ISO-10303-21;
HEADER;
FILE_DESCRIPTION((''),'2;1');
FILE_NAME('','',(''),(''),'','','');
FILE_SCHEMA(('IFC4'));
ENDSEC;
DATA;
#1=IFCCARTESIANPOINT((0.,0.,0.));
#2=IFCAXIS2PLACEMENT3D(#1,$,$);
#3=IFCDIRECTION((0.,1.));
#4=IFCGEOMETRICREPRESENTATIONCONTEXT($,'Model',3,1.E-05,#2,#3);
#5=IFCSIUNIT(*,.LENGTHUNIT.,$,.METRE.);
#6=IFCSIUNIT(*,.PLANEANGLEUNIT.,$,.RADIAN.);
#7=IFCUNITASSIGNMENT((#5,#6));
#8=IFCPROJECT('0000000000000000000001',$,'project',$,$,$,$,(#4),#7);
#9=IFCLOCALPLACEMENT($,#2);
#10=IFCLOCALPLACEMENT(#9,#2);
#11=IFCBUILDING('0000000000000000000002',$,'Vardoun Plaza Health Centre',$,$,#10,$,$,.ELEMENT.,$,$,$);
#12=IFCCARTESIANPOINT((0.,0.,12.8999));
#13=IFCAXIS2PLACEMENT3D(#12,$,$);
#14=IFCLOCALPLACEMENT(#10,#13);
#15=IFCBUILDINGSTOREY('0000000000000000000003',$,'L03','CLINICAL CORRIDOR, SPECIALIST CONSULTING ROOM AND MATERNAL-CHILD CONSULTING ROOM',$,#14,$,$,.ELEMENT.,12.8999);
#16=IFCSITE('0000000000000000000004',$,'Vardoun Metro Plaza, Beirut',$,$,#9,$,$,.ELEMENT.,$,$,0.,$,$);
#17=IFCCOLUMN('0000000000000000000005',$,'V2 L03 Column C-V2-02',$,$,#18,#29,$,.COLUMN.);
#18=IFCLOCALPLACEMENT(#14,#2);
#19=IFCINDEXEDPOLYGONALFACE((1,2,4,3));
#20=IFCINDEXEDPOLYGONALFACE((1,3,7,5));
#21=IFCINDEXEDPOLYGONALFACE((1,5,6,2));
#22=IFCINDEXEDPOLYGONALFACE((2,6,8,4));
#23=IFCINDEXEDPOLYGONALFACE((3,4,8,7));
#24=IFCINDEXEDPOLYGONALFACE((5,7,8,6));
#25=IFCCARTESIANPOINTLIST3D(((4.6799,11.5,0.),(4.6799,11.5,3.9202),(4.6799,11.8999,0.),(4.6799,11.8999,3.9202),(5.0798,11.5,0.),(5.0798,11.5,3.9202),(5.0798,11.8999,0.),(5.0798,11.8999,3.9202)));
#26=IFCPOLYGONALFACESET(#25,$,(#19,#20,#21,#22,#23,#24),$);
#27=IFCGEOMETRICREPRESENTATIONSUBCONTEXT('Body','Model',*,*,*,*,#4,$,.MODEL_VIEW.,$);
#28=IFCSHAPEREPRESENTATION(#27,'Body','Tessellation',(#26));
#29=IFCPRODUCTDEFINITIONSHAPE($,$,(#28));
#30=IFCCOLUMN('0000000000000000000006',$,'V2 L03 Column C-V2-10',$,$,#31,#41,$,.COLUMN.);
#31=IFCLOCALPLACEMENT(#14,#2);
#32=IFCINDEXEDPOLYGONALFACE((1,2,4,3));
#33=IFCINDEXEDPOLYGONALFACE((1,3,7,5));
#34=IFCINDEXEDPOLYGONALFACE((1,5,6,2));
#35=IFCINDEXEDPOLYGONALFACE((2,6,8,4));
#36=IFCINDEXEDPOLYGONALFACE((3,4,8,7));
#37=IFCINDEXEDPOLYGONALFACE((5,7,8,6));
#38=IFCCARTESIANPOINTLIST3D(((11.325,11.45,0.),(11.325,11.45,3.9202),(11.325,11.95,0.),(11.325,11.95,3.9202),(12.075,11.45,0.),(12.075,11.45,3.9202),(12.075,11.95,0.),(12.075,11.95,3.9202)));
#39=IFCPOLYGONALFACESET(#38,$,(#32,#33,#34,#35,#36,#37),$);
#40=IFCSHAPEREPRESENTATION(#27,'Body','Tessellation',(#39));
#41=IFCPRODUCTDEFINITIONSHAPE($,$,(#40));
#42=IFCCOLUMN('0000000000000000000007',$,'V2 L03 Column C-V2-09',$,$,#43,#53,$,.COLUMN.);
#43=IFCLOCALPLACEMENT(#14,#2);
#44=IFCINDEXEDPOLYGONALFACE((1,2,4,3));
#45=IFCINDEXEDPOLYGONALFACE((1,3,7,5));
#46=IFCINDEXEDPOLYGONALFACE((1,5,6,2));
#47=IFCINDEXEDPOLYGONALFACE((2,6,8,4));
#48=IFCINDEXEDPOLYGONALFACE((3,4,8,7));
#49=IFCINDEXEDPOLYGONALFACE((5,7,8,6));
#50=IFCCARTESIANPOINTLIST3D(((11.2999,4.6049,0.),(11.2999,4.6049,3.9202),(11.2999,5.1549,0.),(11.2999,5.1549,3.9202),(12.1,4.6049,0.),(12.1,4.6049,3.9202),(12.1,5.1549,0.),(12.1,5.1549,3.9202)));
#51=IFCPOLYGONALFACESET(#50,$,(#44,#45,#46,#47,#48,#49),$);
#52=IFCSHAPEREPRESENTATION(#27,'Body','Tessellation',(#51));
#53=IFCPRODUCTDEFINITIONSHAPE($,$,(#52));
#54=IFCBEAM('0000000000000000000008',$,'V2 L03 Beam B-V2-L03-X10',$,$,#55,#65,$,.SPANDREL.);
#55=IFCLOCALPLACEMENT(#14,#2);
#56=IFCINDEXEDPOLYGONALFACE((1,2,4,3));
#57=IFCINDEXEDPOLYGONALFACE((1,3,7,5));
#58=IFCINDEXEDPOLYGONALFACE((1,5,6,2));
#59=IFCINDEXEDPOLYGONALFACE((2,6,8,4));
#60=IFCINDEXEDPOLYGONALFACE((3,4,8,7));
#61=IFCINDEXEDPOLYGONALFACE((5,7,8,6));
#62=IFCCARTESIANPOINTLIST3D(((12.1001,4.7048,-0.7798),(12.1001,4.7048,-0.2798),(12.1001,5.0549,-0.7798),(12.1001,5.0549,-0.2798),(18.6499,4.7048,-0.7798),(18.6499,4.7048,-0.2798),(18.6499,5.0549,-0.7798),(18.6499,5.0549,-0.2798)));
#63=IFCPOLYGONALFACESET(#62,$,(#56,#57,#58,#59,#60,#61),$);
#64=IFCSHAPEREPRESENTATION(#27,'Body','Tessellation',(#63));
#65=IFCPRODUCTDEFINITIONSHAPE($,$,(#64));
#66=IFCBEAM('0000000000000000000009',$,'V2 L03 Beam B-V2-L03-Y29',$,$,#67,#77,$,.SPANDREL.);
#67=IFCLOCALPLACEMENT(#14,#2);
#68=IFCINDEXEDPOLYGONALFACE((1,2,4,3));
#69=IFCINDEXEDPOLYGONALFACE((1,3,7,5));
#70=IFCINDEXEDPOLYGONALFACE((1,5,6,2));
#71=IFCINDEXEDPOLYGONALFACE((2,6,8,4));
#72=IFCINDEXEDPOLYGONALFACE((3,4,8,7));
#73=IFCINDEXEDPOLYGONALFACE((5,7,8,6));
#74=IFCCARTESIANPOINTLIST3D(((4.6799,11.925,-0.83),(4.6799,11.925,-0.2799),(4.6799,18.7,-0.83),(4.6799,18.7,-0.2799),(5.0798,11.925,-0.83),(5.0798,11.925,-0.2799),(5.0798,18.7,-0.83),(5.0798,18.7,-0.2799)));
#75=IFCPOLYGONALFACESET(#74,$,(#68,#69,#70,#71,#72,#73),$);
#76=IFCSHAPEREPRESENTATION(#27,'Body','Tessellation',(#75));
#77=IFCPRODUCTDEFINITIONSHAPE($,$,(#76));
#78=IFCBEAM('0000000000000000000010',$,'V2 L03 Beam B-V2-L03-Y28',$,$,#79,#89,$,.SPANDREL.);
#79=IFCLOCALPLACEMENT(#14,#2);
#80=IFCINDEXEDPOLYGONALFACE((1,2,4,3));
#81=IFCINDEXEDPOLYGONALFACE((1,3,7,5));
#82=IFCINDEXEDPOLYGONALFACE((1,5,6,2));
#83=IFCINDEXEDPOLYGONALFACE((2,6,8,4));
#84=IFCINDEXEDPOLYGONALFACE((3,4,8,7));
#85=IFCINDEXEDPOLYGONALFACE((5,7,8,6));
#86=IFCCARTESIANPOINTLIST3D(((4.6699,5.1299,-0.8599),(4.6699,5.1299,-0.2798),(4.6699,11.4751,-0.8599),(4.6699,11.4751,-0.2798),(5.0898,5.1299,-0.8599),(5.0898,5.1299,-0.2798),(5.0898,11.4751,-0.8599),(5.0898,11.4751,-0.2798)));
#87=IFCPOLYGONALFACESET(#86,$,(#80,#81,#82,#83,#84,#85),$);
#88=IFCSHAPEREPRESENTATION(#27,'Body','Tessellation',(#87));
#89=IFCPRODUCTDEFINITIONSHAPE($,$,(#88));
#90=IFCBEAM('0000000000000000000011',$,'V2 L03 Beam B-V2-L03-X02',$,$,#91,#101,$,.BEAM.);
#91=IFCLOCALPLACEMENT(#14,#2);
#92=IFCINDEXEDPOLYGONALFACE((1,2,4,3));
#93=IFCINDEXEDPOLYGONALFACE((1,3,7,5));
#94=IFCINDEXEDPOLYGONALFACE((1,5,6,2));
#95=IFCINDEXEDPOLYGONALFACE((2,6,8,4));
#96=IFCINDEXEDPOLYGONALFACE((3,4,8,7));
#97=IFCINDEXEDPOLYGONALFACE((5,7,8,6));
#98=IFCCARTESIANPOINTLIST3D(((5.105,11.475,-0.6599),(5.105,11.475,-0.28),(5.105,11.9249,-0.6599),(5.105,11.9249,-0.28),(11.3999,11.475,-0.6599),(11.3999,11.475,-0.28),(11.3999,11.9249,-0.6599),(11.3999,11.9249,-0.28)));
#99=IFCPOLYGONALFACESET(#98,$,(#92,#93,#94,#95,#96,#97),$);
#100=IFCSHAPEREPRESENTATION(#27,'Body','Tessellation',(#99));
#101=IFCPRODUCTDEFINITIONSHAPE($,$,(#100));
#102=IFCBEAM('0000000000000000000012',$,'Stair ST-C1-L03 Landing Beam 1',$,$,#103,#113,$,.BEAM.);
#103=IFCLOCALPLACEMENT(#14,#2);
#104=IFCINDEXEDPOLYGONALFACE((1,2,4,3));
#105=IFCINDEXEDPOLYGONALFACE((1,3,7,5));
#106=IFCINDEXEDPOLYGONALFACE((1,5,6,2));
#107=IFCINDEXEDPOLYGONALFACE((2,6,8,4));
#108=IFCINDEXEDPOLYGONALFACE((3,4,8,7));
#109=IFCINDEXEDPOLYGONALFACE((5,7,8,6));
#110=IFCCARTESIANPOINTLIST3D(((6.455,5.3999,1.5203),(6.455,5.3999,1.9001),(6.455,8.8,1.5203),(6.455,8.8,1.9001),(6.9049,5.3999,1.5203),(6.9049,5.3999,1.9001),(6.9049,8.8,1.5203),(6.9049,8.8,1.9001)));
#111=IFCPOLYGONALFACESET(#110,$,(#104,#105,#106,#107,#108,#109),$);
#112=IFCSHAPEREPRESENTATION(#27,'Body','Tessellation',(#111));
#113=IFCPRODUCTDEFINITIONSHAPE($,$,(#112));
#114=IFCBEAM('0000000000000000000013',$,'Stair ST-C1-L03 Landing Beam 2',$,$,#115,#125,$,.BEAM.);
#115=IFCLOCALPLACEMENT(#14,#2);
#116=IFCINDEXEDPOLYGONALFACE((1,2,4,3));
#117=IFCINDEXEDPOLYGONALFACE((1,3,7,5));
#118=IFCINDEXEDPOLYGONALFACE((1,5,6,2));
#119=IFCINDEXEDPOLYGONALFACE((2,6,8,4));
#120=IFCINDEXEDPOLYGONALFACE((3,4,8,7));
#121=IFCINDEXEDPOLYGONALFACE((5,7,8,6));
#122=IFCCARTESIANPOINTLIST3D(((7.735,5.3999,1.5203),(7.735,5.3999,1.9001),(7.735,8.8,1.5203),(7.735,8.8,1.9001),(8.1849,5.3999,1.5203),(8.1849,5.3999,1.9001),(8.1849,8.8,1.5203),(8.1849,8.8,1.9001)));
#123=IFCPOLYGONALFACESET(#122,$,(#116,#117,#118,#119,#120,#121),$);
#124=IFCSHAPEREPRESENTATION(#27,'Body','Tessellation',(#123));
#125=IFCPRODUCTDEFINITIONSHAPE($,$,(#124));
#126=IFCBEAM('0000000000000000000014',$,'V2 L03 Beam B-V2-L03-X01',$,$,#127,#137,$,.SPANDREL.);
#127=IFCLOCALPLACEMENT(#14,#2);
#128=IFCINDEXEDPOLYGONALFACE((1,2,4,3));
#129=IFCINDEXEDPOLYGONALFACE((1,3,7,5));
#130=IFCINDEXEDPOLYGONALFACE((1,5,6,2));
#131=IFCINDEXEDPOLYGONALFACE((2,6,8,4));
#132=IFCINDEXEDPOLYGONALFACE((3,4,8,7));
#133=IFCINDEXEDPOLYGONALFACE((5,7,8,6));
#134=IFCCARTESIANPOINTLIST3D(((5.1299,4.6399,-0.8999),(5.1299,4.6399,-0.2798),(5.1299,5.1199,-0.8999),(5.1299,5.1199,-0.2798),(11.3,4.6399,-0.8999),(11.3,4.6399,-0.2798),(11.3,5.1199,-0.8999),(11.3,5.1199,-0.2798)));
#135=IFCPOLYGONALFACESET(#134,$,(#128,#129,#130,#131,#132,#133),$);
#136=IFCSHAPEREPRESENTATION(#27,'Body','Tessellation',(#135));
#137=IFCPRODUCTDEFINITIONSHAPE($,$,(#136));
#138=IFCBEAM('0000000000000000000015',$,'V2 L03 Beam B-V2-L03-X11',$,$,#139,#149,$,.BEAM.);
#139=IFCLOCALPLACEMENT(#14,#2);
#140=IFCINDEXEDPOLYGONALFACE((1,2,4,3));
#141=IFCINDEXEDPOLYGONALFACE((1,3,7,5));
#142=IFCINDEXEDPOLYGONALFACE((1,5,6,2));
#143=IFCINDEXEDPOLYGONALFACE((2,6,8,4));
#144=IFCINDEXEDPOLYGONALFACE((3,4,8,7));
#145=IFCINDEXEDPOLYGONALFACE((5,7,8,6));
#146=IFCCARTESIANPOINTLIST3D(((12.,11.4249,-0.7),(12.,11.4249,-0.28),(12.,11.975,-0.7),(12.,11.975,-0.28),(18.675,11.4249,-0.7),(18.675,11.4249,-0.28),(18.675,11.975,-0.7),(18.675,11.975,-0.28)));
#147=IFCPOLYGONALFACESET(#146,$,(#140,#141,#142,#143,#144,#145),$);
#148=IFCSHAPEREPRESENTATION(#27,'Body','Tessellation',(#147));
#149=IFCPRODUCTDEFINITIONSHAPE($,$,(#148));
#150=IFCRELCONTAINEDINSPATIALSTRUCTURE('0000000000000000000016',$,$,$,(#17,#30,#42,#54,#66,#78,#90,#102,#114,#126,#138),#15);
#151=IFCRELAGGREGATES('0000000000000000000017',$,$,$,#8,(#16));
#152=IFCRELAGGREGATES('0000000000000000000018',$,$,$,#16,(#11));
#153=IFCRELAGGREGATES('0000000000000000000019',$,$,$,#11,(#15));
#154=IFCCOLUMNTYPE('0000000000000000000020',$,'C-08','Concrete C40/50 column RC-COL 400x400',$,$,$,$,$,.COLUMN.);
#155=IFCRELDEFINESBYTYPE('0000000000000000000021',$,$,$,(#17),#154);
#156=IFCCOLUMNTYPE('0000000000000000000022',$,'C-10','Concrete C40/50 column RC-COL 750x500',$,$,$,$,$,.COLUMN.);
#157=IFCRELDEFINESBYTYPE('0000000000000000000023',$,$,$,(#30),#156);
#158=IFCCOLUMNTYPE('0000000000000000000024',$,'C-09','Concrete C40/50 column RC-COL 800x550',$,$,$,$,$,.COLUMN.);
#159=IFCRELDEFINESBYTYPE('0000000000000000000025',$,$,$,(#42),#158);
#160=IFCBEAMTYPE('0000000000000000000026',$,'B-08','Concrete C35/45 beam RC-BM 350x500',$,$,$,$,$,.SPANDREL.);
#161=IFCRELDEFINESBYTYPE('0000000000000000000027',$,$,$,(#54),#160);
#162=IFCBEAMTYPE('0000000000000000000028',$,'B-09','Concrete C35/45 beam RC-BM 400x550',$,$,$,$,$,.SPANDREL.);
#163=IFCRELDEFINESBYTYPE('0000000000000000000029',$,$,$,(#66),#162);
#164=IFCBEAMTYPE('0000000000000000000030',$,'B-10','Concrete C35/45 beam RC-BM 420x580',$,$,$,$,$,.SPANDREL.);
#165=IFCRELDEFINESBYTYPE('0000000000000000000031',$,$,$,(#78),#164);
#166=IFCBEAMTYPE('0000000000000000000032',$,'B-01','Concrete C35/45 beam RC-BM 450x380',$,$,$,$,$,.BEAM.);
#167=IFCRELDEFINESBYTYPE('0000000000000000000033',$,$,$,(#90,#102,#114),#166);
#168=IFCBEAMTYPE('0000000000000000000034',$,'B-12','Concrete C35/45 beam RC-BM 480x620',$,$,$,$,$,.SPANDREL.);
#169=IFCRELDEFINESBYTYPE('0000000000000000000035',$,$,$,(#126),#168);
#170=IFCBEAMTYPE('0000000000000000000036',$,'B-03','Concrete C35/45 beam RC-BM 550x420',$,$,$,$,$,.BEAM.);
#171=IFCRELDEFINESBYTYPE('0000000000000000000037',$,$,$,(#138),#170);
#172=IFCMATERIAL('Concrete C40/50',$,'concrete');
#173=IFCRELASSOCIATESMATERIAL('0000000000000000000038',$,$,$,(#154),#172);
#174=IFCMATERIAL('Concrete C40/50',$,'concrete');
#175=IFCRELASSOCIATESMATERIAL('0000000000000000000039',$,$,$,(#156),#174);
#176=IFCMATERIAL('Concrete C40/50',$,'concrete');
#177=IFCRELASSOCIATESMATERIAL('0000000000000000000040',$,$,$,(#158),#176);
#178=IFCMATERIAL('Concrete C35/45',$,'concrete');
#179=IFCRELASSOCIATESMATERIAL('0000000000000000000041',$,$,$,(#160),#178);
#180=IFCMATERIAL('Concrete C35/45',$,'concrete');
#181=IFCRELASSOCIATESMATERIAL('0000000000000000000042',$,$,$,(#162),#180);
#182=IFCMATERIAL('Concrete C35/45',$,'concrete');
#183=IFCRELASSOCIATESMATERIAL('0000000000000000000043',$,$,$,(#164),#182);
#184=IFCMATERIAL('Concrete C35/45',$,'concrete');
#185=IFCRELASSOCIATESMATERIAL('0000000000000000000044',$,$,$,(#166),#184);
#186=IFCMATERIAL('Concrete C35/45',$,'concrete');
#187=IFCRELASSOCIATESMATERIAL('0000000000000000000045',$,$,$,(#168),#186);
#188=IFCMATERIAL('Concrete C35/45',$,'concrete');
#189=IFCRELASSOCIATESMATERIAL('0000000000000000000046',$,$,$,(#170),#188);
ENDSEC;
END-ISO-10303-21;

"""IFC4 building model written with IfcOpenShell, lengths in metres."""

from ifc_helpers import new_model, si_unit, direction, frame, origin, origin_2d, place, context, subcontext, project, spatial, rectangle, extrude, material, material_profile, profile_set, type_object, element, save


model = new_model("IFC4")

# Units and contexts
model_context = context("Model", 3, precision=1e-05, world=origin(), true_north=direction((0.0, 1.0)))
body_context = subcontext(model_context, "Body", "Model", "MODEL_VIEW")
ifc_project = project(units=[si_unit("LENGTHUNIT", "METRE"), si_unit("PLANEANGLEUNIT", "RADIAN")], contexts=[model_context])

# Site, building, storey
site_placement = place(None, origin())
site = spatial("IfcSite", under=ifc_project, at=site_placement, Name="Vardoun Metro Plaza, Beirut", CompositionType="ELEMENT", RefElevation=0.0)
building_placement = place(site_placement, origin())
building = spatial("IfcBuilding", under=site, at=building_placement, Name="Vardoun Plaza Health Centre", CompositionType="ELEMENT")
storey_placement = place(building_placement, frame((0.0, 0.0, 12.8999)))
storey = spatial("IfcBuildingStorey", under=building, at=storey_placement, Name="L03", Description="CLINICAL CORRIDOR, SPECIALIST CONSULTING ROOM AND MATERNAL-CHILD CONSULTING ROOM", CompositionType="ELEMENT", Elevation=12.8999)

# Columns
ifc_material_1 = material(Name="Concrete C40/50", Category="concrete")
ifc_material_profile_1 = material_profile(ifc_material_1, rectangle(XDim=0.3999, YDim=0.3999, at=origin_2d()), Name="RC-COL 400x400")
ifc_profile_set_1 = profile_set([ifc_material_profile_1], Name="Concrete C40/50")
column_type_1 = type_object("IfcColumnType", Name="C-08", Description="Concrete C40/50 column RC-COL 400x400", PredefinedType="COLUMN", material=ifc_profile_set_1)
column_1_placement = place(storey_placement, frame((4.8799, 11.7, 0.0), z_axis=(0.0, 0.0, 1.0), x_axis=(1.0, 0.0, 0.0)))
element("IfcColumn", 1, at=column_1_placement, inside=storey, type_object=column_type_1, Name="V2 L03 Column C-V2-02", PredefinedType="COLUMN", context=body_context, shape_type="SweptSolid", body=[
    extrude(rectangle(XDim=0.3999, YDim=0.3999, at=origin_2d()), origin(), (0.0, 0.0, 1.0), 3.9202),
])
ifc_material_2 = material(Name="Concrete C40/50", Category="concrete")
ifc_material_profile_2 = material_profile(ifc_material_2, rectangle(XDim=0.75, YDim=0.5, at=origin_2d()), Name="RC-COL 750x500")
ifc_profile_set_2 = profile_set([ifc_material_profile_2], Name="Concrete C40/50")
column_type_2 = type_object("IfcColumnType", Name="C-10", Description="Concrete C40/50 column RC-COL 750x500", PredefinedType="COLUMN", material=ifc_profile_set_2)
column_2_placement = place(storey_placement, frame((11.7, 11.7, 0.0), z_axis=(0.0, 0.0, 1.0), x_axis=(1.0, 0.0, 0.0)))
element("IfcColumn", 2, at=column_2_placement, inside=storey, type_object=column_type_2, Name="V2 L03 Column C-V2-10", PredefinedType="COLUMN", context=body_context, shape_type="SweptSolid", body=[
    extrude(rectangle(XDim=0.75, YDim=0.5, at=origin_2d()), origin(), (0.0, 0.0, 1.0), 3.9202),
])
ifc_material_3 = material(Name="Concrete C40/50", Category="concrete")
ifc_material_profile_3 = material_profile(ifc_material_3, rectangle(XDim=0.8, YDim=0.55, at=origin_2d()), Name="RC-COL 800x550")
ifc_profile_set_3 = profile_set([ifc_material_profile_3], Name="Concrete C40/50")
column_type_3 = type_object("IfcColumnType", Name="C-09", Description="Concrete C40/50 column RC-COL 800x550", PredefinedType="COLUMN", material=ifc_profile_set_3)
column_3_placement = place(storey_placement, frame((11.7, 4.8799, 0.0), z_axis=(0.0, 0.0, 1.0), x_axis=(1.0, 0.0, 0.0)))
element("IfcColumn", 3, at=column_3_placement, inside=storey, type_object=column_type_3, Name="V2 L03 Column C-V2-09", PredefinedType="COLUMN", context=body_context, shape_type="SweptSolid", body=[
    extrude(rectangle(XDim=0.8, YDim=0.55, at=origin_2d()), origin(), (0.0, 0.0, 1.0), 3.9202),
])

# Beams
ifc_material_4 = material(Name="Concrete C35/45", Category="concrete")
ifc_material_profile_4 = material_profile(ifc_material_4, rectangle(XDim=0.3501, YDim=0.5, at=origin_2d()), Name="RC-BM 350x500")
ifc_profile_set_4 = profile_set([ifc_material_profile_4], Name="Concrete C35/45")
beam_type_1 = type_object("IfcBeamType", Name="B-08", Description="Concrete C35/45 beam RC-BM 350x500", PredefinedType="SPANDREL", material=ifc_profile_set_4)
beam_1_placement = place(storey_placement, frame((12.1001, 4.8799, -0.5298), z_axis=(1.0, 0.0, 0.0), x_axis=(0.0, 1.0, 0.0)))
element("IfcBeam", 4, at=beam_1_placement, inside=storey, type_object=beam_type_1, Name="V2 L03 Beam B-V2-L03-X10", PredefinedType="SPANDREL", context=body_context, shape_type="SweptSolid", body=[
    extrude(rectangle(XDim=0.3501, YDim=0.5, at=origin_2d()), origin(), (0.0, 0.0, 1.0), 6.5498),
])
ifc_material_5 = material(Name="Concrete C35/45", Category="concrete")
ifc_material_profile_5 = material_profile(ifc_material_5, rectangle(XDim=0.3999, YDim=0.55, at=origin_2d()), Name="RC-BM 400x550")
ifc_profile_set_5 = profile_set([ifc_material_profile_5], Name="Concrete C35/45")
beam_type_2 = type_object("IfcBeamType", Name="B-09", Description="Concrete C35/45 beam RC-BM 400x550", PredefinedType="SPANDREL", material=ifc_profile_set_5)
beam_2_placement = place(storey_placement, frame((4.8799, 11.925, -0.5549), z_axis=(0.0, 1.0, 0.0), x_axis=(-1.0, 0.0, 0.0)))
element("IfcBeam", 5, at=beam_2_placement, inside=storey, type_object=beam_type_2, Name="V2 L03 Beam B-V2-L03-Y29", PredefinedType="SPANDREL", context=body_context, shape_type="SweptSolid", body=[
    extrude(rectangle(XDim=0.3999, YDim=0.55, at=origin_2d()), origin(), (0.0, 0.0, 1.0), 6.7749),
])
ifc_material_6 = material(Name="Concrete C35/45", Category="concrete")
ifc_material_profile_6 = material_profile(ifc_material_6, rectangle(XDim=0.4199, YDim=0.5801, at=origin_2d()), Name="RC-BM 420x580")
ifc_profile_set_6 = profile_set([ifc_material_profile_6], Name="Concrete C35/45")
beam_type_3 = type_object("IfcBeamType", Name="B-10", Description="Concrete C35/45 beam RC-BM 420x580", PredefinedType="SPANDREL", material=ifc_profile_set_6)
beam_3_placement = place(storey_placement, frame((4.8799, 5.1299, -0.5698), z_axis=(0.0, 1.0, 0.0), x_axis=(-1.0, 0.0, 0.0)))
element("IfcBeam", 6, at=beam_3_placement, inside=storey, type_object=beam_type_3, Name="V2 L03 Beam B-V2-L03-Y28", PredefinedType="SPANDREL", context=body_context, shape_type="SweptSolid", body=[
    extrude(rectangle(XDim=0.4199, YDim=0.5801, at=origin_2d()), origin(), (0.0, 0.0, 1.0), 6.3452),
])
ifc_material_7 = material(Name="Concrete C35/45", Category="concrete")
ifc_material_profile_7 = material_profile(ifc_material_7, rectangle(XDim=0.45, YDim=0.3799, at=origin_2d()), Name="RC-BM 450x380")
ifc_profile_set_7 = profile_set([ifc_material_profile_7], Name="Concrete C35/45")
beam_type_4 = type_object("IfcBeamType", Name="B-01", Description="Concrete C35/45 beam RC-BM 450x380", PredefinedType="BEAM", material=ifc_profile_set_7)
beam_4_placement = place(storey_placement, frame((5.105, 11.7, -0.47), z_axis=(1.0, 0.0, 0.0), x_axis=(0.0, 1.0, 0.0)))
element("IfcBeam", 7, at=beam_4_placement, inside=storey, type_object=beam_type_4, Name="V2 L03 Beam B-V2-L03-X02", PredefinedType="BEAM", context=body_context, shape_type="SweptSolid", body=[
    extrude(rectangle(XDim=0.45, YDim=0.3799, at=origin_2d()), origin(), (0.0, 0.0, 1.0), 6.2949),
])
for number, where, z_axis, x_axis, name in (
    (8, (6.6799, 5.3999, 1.7102), (0.0, 1.0, 0.0), (-1.0, 0.0, 0.0), "Stair ST-C1-L03 Landing Beam 1"),
    (9, (7.96, 5.3999, 1.7102), (0.0, 1.0, 0.0), (-1.0, 0.0, 0.0), "Stair ST-C1-L03 Landing Beam 2"),
):
    element("IfcBeam", number, at=place(storey_placement, frame(where, z_axis=z_axis, x_axis=x_axis)), inside=storey, type_object=beam_type_4, Name=name, PredefinedType="BEAM", context=body_context, shape_type="SweptSolid", body=[
        extrude(rectangle(XDim=0.45, YDim=0.3799, at=origin_2d()), origin(), (0.0, 0.0, 1.0), 3.4001),
    ])
ifc_material_8 = material(Name="Concrete C35/45", Category="concrete")
ifc_material_profile_8 = material_profile(ifc_material_8, rectangle(XDim=0.48, YDim=0.6201, at=origin_2d()), Name="RC-BM 480x620")
ifc_profile_set_8 = profile_set([ifc_material_profile_8], Name="Concrete C35/45")
beam_type_5 = type_object("IfcBeamType", Name="B-12", Description="Concrete C35/45 beam RC-BM 480x620", PredefinedType="SPANDREL", material=ifc_profile_set_8)
beam_5_placement = place(storey_placement, frame((5.1299, 4.8799, -0.5898), z_axis=(1.0, 0.0, 0.0), x_axis=(0.0, 1.0, 0.0)))
element("IfcBeam", 10, at=beam_5_placement, inside=storey, type_object=beam_type_5, Name="V2 L03 Beam B-V2-L03-X01", PredefinedType="SPANDREL", context=body_context, shape_type="SweptSolid", body=[
    extrude(rectangle(XDim=0.48, YDim=0.6201, at=origin_2d()), origin(), (0.0, 0.0, 1.0), 6.1702),
])
ifc_material_9 = material(Name="Concrete C35/45", Category="concrete")
ifc_material_profile_9 = material_profile(ifc_material_9, rectangle(XDim=0.55, YDim=0.4199, at=origin_2d()), Name="RC-BM 550x420")
ifc_profile_set_9 = profile_set([ifc_material_profile_9], Name="Concrete C35/45")
beam_type_6 = type_object("IfcBeamType", Name="B-03", Description="Concrete C35/45 beam RC-BM 550x420", PredefinedType="BEAM", material=ifc_profile_set_9)
beam_6_placement = place(storey_placement, frame((12.0, 11.7, -0.49), z_axis=(1.0, 0.0, 0.0), x_axis=(0.0, 1.0, 0.0)))
element("IfcBeam", 11, at=beam_6_placement, inside=storey, type_object=beam_type_6, Name="V2 L03 Beam B-V2-L03-X11", PredefinedType="BEAM", context=body_context, shape_type="SweptSolid", body=[
    extrude(rectangle(XDim=0.55, YDim=0.4199, at=origin_2d()), origin(), (0.0, 0.0, 1.0), 6.675),
])

save(model, "model.ifc")
